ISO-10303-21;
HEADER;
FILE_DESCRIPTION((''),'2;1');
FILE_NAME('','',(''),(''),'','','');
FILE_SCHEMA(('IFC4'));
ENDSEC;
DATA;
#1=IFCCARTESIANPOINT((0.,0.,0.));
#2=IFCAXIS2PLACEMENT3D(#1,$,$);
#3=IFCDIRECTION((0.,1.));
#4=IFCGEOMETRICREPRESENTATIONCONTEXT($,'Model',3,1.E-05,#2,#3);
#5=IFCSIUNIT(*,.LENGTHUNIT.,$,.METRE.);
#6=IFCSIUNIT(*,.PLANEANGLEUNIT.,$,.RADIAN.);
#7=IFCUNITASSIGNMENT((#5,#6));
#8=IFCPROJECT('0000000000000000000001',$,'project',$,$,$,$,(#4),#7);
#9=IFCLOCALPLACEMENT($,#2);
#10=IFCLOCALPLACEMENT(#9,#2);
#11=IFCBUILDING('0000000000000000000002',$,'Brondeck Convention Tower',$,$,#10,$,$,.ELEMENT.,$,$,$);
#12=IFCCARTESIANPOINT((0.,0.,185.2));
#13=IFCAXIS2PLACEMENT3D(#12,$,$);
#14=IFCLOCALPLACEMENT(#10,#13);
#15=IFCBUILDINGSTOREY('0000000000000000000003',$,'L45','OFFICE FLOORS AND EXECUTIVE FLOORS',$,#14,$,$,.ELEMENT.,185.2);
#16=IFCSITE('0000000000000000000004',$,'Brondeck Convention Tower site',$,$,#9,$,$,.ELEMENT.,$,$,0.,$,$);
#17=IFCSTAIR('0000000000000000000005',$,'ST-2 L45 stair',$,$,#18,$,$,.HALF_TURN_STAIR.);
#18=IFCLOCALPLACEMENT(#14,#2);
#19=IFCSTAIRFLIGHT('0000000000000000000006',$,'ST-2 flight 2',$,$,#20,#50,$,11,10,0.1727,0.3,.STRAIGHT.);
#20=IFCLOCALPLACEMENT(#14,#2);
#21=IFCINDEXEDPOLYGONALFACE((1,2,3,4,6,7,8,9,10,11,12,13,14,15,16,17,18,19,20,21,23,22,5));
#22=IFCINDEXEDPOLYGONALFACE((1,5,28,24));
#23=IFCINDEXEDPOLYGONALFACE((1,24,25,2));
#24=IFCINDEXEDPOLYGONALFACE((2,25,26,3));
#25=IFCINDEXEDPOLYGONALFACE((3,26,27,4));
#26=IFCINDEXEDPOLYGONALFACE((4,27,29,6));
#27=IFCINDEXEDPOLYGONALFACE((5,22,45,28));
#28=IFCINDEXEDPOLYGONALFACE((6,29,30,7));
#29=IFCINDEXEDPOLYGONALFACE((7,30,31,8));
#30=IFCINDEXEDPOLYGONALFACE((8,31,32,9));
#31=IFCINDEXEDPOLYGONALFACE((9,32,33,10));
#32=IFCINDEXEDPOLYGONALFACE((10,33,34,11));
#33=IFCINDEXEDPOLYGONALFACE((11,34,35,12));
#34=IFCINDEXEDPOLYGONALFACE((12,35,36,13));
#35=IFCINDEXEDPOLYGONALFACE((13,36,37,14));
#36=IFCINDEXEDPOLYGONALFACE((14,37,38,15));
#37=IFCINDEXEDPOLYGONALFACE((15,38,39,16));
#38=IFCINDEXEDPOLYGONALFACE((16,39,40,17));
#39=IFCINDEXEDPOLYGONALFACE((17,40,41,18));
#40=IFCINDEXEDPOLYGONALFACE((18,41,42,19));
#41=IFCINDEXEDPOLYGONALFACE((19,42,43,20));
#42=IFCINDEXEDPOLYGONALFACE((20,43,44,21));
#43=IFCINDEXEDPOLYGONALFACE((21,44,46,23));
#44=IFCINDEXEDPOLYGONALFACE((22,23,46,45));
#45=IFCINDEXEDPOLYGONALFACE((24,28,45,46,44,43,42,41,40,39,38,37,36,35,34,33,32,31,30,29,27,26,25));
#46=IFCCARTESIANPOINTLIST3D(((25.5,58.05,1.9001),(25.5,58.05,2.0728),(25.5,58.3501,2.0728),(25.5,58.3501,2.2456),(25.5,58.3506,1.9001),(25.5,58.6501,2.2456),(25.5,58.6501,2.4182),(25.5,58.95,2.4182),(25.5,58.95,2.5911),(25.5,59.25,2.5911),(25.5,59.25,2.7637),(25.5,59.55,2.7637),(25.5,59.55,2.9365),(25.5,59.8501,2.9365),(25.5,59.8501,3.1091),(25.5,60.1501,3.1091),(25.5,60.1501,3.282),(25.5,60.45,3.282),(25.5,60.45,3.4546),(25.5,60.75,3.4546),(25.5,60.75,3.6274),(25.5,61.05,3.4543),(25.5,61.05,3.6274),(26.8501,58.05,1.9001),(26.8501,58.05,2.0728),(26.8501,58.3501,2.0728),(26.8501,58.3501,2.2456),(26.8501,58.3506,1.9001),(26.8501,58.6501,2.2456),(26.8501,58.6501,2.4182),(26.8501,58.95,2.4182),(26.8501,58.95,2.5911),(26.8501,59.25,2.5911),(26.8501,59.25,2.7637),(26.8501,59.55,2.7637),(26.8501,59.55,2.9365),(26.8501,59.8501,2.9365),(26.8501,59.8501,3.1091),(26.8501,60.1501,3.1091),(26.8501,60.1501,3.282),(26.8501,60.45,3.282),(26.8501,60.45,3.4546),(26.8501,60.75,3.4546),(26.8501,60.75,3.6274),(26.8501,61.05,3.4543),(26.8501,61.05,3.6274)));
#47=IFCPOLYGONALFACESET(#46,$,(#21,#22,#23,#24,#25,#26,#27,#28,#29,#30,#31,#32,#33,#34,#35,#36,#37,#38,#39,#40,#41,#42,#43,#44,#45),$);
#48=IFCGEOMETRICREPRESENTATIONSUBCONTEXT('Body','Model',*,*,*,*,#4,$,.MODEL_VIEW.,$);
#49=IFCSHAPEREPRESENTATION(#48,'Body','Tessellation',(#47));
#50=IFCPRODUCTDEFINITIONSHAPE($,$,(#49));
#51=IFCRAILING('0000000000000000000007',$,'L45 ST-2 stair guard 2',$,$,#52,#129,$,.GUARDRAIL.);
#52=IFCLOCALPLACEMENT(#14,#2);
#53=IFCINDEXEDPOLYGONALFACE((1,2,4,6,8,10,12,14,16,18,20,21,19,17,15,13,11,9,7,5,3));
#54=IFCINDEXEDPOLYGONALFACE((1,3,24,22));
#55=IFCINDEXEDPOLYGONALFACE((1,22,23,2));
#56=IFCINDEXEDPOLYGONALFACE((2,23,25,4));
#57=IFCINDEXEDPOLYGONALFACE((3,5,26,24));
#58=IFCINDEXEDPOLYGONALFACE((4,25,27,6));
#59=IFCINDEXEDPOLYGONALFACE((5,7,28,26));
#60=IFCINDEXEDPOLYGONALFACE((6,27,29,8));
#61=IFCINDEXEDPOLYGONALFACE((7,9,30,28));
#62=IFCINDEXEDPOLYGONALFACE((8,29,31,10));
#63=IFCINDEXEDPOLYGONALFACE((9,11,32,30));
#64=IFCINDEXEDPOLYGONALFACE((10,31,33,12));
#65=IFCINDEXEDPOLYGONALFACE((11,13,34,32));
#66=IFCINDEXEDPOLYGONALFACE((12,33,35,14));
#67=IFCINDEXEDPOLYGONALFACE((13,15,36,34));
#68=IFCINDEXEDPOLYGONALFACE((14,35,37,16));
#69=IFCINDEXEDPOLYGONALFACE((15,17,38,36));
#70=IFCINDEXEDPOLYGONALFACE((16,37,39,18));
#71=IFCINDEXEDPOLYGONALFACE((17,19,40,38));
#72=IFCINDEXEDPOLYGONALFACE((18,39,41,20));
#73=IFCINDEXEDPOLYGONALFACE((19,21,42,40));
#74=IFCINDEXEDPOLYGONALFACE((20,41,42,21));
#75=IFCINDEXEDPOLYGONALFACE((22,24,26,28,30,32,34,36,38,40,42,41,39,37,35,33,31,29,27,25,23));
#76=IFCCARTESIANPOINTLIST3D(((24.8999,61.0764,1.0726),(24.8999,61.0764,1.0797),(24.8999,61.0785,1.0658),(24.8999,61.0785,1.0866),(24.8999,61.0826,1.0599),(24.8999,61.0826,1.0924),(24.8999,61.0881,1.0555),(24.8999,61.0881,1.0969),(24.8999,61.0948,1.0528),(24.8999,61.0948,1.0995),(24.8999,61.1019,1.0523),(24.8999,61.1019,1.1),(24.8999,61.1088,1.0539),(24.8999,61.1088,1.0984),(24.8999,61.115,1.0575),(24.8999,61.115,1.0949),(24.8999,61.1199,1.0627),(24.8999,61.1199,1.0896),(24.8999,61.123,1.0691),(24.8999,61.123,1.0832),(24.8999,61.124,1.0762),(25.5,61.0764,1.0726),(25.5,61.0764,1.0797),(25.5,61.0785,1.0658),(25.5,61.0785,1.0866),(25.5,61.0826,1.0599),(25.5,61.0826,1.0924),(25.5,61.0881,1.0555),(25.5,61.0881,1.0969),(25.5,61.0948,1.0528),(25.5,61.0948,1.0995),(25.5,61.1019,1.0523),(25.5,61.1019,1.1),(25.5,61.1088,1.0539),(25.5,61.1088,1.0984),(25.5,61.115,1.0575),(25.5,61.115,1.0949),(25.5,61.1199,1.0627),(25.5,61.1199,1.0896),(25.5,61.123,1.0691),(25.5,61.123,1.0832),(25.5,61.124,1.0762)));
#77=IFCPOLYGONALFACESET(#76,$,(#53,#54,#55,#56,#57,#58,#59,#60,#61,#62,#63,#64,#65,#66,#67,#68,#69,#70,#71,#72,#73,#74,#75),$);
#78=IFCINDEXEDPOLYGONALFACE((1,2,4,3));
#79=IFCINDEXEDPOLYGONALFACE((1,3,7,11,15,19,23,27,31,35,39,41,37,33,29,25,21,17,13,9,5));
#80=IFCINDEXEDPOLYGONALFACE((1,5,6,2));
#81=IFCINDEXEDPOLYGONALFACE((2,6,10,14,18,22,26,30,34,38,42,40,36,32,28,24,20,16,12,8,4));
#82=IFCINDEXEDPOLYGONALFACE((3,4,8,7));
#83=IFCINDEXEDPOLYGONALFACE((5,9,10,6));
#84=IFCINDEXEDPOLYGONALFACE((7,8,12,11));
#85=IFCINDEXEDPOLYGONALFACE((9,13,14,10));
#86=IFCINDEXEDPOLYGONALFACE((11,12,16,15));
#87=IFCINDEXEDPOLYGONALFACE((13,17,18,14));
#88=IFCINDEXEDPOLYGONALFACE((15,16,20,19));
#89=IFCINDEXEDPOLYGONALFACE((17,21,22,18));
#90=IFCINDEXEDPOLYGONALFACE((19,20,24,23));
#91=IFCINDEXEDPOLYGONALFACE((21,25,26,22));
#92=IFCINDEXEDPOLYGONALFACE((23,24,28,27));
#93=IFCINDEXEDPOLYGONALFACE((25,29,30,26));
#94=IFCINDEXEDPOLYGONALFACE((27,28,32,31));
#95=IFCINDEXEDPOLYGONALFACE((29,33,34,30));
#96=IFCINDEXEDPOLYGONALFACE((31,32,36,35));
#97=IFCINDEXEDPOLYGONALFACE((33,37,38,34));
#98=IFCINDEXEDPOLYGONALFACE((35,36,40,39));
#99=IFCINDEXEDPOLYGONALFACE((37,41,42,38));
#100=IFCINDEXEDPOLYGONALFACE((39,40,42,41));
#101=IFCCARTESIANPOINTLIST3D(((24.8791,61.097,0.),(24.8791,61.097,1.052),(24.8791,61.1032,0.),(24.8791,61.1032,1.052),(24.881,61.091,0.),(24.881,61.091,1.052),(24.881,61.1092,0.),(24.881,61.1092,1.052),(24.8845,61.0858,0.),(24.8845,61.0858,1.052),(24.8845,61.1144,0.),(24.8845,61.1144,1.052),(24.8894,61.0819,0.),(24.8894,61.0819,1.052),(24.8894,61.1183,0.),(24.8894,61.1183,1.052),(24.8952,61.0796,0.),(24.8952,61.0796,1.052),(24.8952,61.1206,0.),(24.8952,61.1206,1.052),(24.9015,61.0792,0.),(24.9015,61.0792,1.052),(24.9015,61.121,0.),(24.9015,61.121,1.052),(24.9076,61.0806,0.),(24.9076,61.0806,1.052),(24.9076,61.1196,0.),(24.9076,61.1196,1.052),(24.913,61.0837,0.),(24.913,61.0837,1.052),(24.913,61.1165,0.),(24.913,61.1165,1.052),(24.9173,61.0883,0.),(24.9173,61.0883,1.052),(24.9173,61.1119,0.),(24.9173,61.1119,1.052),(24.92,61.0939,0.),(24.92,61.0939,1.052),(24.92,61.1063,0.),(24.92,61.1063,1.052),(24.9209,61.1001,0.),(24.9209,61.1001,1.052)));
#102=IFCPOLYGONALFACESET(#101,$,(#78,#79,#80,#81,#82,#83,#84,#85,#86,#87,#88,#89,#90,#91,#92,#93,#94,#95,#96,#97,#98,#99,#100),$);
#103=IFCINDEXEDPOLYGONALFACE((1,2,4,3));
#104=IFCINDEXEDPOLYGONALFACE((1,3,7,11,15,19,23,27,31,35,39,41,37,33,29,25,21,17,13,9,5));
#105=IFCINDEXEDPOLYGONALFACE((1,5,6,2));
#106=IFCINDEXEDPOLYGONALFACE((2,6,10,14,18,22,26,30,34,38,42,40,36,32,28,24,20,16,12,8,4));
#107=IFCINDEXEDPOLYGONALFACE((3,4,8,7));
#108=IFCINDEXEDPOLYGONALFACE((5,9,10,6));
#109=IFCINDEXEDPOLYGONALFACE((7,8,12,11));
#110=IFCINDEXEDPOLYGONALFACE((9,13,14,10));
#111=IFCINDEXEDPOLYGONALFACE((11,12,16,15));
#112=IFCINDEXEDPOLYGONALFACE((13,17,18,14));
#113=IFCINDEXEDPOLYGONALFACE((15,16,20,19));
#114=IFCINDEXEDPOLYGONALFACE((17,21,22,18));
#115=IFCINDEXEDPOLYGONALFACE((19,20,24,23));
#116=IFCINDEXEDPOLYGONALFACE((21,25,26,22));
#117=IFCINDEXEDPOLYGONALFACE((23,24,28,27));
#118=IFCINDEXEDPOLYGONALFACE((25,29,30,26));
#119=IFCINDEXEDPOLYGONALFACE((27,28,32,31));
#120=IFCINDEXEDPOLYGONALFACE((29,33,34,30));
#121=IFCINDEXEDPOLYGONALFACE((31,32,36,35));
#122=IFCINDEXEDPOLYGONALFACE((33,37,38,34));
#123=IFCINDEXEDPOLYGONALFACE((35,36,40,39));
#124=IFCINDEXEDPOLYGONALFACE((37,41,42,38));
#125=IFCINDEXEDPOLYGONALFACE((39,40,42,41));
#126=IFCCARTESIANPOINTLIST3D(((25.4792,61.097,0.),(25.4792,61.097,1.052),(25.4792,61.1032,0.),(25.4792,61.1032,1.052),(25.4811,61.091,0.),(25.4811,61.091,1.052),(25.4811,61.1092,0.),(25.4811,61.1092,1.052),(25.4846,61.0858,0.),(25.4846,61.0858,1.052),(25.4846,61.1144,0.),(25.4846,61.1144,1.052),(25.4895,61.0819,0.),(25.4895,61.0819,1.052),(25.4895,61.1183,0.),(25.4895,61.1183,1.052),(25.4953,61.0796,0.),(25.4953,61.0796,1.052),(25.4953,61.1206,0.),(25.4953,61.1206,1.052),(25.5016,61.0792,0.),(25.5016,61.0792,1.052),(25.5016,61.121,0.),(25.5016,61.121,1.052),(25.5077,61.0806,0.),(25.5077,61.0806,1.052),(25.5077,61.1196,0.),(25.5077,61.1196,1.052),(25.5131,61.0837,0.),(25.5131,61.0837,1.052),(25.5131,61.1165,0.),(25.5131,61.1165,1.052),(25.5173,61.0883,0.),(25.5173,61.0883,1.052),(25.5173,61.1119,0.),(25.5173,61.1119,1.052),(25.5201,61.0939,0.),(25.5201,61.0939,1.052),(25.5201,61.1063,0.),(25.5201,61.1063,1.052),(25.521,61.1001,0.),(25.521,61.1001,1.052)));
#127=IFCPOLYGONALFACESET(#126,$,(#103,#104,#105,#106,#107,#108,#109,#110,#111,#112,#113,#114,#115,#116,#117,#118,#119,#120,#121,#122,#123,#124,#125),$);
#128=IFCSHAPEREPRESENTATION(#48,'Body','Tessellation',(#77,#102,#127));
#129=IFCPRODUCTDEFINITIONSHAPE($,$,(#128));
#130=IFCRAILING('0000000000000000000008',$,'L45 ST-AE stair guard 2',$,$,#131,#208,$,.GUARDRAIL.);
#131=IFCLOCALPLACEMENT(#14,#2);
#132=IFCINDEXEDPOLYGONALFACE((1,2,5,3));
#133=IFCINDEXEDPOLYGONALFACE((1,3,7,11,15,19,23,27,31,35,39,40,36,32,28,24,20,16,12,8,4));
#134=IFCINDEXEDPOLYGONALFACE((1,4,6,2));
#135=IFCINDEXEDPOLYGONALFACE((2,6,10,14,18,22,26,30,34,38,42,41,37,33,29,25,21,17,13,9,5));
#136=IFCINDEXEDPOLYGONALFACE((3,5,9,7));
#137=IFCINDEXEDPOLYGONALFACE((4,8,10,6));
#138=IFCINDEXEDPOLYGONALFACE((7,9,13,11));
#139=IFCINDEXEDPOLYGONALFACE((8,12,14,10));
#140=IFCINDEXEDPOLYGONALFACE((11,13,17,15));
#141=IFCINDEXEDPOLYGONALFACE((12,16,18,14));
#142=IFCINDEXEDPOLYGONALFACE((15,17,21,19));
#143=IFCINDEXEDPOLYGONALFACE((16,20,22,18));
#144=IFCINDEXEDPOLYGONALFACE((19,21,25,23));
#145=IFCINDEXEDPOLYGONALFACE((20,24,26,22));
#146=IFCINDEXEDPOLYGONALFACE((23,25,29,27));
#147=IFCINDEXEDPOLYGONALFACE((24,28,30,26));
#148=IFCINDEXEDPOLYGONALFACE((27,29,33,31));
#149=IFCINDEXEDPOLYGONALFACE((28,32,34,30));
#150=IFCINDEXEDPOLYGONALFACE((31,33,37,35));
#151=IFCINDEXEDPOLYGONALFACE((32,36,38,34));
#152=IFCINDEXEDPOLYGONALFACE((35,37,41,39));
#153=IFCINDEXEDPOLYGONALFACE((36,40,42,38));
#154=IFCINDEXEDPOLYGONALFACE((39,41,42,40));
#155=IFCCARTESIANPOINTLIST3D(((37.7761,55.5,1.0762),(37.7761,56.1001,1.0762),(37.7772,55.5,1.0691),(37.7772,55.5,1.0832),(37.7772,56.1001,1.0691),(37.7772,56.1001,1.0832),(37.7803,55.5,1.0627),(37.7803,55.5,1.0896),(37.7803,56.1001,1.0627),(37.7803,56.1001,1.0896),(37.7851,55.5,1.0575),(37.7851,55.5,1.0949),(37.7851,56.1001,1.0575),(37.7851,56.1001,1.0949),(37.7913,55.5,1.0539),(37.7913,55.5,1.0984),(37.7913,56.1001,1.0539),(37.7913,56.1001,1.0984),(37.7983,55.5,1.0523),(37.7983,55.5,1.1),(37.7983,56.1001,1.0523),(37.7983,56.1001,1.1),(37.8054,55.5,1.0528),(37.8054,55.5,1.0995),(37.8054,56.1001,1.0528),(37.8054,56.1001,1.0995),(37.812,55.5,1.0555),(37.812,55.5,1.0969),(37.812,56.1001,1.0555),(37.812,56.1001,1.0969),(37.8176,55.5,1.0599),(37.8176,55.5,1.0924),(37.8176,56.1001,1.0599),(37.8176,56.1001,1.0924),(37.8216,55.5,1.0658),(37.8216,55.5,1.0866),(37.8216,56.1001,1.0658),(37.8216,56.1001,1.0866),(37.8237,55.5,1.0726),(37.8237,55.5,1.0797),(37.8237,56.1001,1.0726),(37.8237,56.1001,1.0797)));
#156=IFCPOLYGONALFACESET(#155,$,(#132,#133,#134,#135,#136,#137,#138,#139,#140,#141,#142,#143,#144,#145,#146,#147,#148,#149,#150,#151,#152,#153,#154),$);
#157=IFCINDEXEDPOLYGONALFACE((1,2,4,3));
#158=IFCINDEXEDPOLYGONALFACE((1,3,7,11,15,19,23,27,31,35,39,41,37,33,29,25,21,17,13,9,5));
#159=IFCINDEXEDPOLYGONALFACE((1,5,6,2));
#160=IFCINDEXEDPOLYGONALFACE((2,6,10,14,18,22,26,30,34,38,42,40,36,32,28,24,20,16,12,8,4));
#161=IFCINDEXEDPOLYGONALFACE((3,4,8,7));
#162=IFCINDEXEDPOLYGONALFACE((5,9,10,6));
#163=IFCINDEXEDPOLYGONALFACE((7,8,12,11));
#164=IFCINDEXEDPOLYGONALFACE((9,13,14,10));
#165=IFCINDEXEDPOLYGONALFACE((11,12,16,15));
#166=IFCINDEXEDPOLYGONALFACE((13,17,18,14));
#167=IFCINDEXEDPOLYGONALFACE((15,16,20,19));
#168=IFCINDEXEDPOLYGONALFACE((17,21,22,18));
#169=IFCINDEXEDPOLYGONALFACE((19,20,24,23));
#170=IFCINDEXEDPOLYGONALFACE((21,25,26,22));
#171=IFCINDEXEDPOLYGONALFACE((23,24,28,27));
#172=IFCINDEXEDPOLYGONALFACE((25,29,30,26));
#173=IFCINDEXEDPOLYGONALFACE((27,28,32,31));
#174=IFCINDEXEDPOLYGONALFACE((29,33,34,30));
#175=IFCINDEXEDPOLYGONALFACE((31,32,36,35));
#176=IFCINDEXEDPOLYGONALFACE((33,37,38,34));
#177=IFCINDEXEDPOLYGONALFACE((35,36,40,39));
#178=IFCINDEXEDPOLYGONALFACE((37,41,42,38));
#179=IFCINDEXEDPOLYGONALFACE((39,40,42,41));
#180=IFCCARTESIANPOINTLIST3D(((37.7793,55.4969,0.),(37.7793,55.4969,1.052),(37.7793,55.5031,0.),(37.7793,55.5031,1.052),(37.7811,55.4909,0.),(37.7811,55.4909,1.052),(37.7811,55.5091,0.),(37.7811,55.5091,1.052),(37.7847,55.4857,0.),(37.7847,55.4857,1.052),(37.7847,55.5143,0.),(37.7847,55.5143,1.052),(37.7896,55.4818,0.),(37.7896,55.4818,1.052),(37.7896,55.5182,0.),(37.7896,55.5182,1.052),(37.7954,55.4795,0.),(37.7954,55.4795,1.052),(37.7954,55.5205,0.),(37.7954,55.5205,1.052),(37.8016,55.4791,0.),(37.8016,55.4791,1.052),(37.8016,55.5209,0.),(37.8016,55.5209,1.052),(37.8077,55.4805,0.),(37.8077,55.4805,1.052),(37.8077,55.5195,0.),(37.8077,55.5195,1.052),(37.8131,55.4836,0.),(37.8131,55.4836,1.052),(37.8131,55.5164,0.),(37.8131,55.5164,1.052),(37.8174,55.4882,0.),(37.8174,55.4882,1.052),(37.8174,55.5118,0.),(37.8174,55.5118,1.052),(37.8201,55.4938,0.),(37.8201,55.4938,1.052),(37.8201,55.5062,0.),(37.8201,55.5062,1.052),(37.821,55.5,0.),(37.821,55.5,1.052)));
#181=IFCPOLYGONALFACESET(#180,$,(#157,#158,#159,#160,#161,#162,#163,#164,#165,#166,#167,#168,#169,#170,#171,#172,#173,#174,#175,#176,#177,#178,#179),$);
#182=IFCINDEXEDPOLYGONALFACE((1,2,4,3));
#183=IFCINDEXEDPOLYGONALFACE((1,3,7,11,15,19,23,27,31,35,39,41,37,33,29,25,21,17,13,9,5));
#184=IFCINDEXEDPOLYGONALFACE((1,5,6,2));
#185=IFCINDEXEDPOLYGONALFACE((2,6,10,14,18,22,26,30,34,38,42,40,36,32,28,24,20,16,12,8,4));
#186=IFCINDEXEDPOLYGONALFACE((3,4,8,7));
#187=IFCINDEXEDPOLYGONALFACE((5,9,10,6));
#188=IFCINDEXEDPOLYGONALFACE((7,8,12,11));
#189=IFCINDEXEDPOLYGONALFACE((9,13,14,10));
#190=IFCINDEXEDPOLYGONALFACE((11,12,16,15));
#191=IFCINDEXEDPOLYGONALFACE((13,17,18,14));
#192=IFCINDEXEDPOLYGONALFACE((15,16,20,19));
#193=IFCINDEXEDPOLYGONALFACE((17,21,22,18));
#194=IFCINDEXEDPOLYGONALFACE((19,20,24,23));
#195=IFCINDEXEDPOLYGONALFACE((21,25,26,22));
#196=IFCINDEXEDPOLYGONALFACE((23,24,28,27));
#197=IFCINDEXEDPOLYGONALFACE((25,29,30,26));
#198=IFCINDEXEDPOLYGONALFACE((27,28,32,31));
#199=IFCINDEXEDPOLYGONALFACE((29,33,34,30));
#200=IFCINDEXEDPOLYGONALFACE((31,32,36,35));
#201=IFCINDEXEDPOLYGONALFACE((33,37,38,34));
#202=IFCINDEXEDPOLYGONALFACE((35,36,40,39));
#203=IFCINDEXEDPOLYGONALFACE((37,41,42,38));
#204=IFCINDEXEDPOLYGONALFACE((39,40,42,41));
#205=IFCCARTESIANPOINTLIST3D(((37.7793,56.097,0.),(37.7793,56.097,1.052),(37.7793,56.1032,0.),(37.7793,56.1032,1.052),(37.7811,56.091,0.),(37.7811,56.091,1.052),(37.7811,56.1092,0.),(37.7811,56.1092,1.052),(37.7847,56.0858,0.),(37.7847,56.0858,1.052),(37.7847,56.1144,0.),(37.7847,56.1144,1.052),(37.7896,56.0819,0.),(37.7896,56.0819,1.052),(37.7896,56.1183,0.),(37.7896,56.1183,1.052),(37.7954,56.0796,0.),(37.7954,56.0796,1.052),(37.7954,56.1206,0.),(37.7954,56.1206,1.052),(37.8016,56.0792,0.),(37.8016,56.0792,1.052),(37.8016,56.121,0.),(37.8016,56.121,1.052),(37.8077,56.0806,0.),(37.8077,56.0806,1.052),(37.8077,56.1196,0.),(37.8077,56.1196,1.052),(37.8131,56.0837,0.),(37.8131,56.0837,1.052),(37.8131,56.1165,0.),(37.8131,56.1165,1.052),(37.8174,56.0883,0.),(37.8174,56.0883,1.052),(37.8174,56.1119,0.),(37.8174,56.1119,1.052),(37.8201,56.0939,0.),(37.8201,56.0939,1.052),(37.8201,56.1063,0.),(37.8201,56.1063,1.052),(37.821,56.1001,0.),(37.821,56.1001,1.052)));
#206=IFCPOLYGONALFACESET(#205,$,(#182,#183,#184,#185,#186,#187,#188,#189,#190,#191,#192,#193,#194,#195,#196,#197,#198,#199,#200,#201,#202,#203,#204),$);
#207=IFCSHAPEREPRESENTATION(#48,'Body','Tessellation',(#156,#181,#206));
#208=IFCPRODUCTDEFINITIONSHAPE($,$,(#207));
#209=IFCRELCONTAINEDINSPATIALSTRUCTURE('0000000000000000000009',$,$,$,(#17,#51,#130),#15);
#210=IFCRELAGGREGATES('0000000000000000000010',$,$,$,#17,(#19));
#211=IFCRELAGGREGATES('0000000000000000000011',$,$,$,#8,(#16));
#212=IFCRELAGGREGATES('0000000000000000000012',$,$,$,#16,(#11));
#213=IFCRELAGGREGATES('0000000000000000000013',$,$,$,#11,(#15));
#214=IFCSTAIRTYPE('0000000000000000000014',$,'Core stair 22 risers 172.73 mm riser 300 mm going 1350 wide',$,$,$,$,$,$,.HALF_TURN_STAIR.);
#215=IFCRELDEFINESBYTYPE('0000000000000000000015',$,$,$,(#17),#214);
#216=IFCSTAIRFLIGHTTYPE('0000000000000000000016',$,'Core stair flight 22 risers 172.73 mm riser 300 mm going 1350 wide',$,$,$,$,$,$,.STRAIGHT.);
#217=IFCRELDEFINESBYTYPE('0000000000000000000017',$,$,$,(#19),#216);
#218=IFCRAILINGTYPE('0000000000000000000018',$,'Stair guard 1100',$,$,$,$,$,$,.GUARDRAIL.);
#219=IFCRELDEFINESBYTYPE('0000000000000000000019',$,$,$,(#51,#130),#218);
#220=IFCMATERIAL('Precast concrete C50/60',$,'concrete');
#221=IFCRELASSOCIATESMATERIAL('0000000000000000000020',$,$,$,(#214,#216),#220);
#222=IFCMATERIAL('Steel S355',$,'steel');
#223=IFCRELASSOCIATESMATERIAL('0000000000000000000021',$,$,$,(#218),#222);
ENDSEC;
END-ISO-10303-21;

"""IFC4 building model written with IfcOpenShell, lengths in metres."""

from ifc_helpers import new_model, si_unit, direction, frame, origin, origin_2d, place, context, subcontext, project, spatial, polyline, circle, outline, extrude, material, type_object, element, aggregate, save


model = new_model("IFC4")

# Units and contexts
model_context = context("Model", 3, precision=1e-05, world=origin(), true_north=direction((0.0, 1.0)))
body_context = subcontext(model_context, "Body", "Model", "MODEL_VIEW")
ifc_project = project(units=[si_unit("LENGTHUNIT", "METRE"), si_unit("PLANEANGLEUNIT", "RADIAN")], contexts=[model_context])

# Site, building, storey
site_placement = place(None, origin())
site = spatial("IfcSite", under=ifc_project, at=site_placement, Name="Brondeck Convention Tower site", CompositionType="ELEMENT", RefElevation=0.0)
building_placement = place(site_placement, origin())
building = spatial("IfcBuilding", under=site, at=building_placement, Name="Brondeck Convention Tower", CompositionType="ELEMENT")
storey_placement = place(building_placement, frame((0.0, 0.0, 185.2)))
storey = spatial("IfcBuildingStorey", under=building, at=storey_placement, Name="L45", Description="OFFICE FLOORS AND EXECUTIVE FLOORS", CompositionType="ELEMENT", Elevation=185.2)

# Shared definitions
ifc_material_1 = material(Name="Steel S355", Category="steel")

# Stair, stair flight
ifc_material_2 = material(Name="Precast concrete C50/60", Category="concrete")
stair_type = type_object("IfcStairType", Name="Core stair 22 risers 172.73 mm riser 300 mm going 1350 wide", PredefinedType="HALF_TURN_STAIR", material=ifc_material_2)
stair_placement = place(storey_placement, origin())
stair = element("IfcStair", 1, at=stair_placement, inside=storey, type_object=stair_type, Name="ST-2 L45 stair", PredefinedType="HALF_TURN_STAIR")
stair_flight_type = type_object("IfcStairFlightType", Name="Core stair flight 22 risers 172.73 mm riser 300 mm going 1350 wide", PredefinedType="STRAIGHT", material=ifc_material_2)
stair_flight_1_placement = place(storey_placement, frame((26.175, 58.05, 1.9001), z_axis=(0.0, 0.0, 1.0), x_axis=(0.0, 1.0, 0.0)))
stair_flight_1 = element("IfcStairFlight", 2, at=stair_flight_1_placement, type_object=stair_flight_type, Name="ST-2 flight 2", NumberOfRisers=11, NumberOfTreads=10, PredefinedType="STRAIGHT", RiserHeight=0.1727, TreadLength=0.3, context=body_context, shape_type="SweptSolid", body=[
    extrude(outline(polyline([(0.0, 0.0), (0.0, 0.1726), (0.3, 0.1726), (0.3, 0.3455), (0.6001, 0.3455), (0.6001, 0.5181), (0.8999, 0.5181), (0.8999, 0.6909), (1.2, 0.6909), (1.2, 0.8635), (1.5, 0.8635), (1.5, 1.0364), (1.8, 1.0364), (1.8, 1.209), (2.1001, 1.209), (2.1001, 1.3818), (2.3999, 1.3818), (2.3999, 1.5544), (2.7, 1.5544), (2.7, 1.7273), (3.0, 1.7273), (3.0, 1.8999), (3.0, 1.5542), (0.3005, 0.0), (0.0, 0.0)])), frame((0.0, 0.675, 0.0), z_axis=(0.0, -1.0, 0.0), x_axis=(1.0, 0.0, 0.0)), (0.0, 0.0, 1.0), 1.3501),
])
aggregate(stair, [stair_flight_1])

# Railings
railing_type_1 = type_object("IfcRailingType", Name="Stair guard 1100", PredefinedType="GUARDRAIL", material=ifc_material_1)
railing_1_placement = place(storey_placement, frame((24.8999, 61.1001, 0.0)))
element("IfcRailing", 3, at=railing_1_placement, inside=storey, type_object=railing_type_1, Name="L45 ST-2 stair guard 2", PredefinedType="GUARDRAIL", context=body_context, shape_type="SweptSolid", body=[
    extrude(circle(Radius=0.0239, at=origin_2d()), frame((0.0, 0.0, 1.0762), z_axis=(1.0, 0.0, 0.0), x_axis=(0.0, 1.0, 0.0)), (0.0, 0.0, 1.0), 0.6001),
    extrude(circle(Radius=0.021, at=origin_2d()), origin(), (0.0, 0.0, 1.0), 1.052),
    extrude(circle(Radius=0.021, at=origin_2d()), frame((0.6001, 0.0, 0.0)), (0.0, 0.0, 1.0), 1.052),
])
railing_2_placement = place(storey_placement, frame((37.8, 55.5, 0.0)))
element("IfcRailing", 4, at=railing_2_placement, inside=storey, type_object=railing_type_1, Name="L45 ST-AE stair guard 2", PredefinedType="GUARDRAIL", context=body_context, shape_type="SweptSolid", body=[
    extrude(circle(Radius=0.0239, at=origin_2d()), frame((0.0, 0.0, 1.0762), z_axis=(0.0, 1.0, 0.0), x_axis=(-1.0, 0.0, 0.0)), (0.0, 0.0, 1.0), 0.6001),
    extrude(circle(Radius=0.021, at=origin_2d()), origin(), (0.0, 0.0, 1.0), 1.052),
    extrude(circle(Radius=0.021, at=origin_2d()), frame((0.0, 0.6001, 0.0)), (0.0, 0.0, 1.0), 1.052),
])

save(model, "model.ifc")
